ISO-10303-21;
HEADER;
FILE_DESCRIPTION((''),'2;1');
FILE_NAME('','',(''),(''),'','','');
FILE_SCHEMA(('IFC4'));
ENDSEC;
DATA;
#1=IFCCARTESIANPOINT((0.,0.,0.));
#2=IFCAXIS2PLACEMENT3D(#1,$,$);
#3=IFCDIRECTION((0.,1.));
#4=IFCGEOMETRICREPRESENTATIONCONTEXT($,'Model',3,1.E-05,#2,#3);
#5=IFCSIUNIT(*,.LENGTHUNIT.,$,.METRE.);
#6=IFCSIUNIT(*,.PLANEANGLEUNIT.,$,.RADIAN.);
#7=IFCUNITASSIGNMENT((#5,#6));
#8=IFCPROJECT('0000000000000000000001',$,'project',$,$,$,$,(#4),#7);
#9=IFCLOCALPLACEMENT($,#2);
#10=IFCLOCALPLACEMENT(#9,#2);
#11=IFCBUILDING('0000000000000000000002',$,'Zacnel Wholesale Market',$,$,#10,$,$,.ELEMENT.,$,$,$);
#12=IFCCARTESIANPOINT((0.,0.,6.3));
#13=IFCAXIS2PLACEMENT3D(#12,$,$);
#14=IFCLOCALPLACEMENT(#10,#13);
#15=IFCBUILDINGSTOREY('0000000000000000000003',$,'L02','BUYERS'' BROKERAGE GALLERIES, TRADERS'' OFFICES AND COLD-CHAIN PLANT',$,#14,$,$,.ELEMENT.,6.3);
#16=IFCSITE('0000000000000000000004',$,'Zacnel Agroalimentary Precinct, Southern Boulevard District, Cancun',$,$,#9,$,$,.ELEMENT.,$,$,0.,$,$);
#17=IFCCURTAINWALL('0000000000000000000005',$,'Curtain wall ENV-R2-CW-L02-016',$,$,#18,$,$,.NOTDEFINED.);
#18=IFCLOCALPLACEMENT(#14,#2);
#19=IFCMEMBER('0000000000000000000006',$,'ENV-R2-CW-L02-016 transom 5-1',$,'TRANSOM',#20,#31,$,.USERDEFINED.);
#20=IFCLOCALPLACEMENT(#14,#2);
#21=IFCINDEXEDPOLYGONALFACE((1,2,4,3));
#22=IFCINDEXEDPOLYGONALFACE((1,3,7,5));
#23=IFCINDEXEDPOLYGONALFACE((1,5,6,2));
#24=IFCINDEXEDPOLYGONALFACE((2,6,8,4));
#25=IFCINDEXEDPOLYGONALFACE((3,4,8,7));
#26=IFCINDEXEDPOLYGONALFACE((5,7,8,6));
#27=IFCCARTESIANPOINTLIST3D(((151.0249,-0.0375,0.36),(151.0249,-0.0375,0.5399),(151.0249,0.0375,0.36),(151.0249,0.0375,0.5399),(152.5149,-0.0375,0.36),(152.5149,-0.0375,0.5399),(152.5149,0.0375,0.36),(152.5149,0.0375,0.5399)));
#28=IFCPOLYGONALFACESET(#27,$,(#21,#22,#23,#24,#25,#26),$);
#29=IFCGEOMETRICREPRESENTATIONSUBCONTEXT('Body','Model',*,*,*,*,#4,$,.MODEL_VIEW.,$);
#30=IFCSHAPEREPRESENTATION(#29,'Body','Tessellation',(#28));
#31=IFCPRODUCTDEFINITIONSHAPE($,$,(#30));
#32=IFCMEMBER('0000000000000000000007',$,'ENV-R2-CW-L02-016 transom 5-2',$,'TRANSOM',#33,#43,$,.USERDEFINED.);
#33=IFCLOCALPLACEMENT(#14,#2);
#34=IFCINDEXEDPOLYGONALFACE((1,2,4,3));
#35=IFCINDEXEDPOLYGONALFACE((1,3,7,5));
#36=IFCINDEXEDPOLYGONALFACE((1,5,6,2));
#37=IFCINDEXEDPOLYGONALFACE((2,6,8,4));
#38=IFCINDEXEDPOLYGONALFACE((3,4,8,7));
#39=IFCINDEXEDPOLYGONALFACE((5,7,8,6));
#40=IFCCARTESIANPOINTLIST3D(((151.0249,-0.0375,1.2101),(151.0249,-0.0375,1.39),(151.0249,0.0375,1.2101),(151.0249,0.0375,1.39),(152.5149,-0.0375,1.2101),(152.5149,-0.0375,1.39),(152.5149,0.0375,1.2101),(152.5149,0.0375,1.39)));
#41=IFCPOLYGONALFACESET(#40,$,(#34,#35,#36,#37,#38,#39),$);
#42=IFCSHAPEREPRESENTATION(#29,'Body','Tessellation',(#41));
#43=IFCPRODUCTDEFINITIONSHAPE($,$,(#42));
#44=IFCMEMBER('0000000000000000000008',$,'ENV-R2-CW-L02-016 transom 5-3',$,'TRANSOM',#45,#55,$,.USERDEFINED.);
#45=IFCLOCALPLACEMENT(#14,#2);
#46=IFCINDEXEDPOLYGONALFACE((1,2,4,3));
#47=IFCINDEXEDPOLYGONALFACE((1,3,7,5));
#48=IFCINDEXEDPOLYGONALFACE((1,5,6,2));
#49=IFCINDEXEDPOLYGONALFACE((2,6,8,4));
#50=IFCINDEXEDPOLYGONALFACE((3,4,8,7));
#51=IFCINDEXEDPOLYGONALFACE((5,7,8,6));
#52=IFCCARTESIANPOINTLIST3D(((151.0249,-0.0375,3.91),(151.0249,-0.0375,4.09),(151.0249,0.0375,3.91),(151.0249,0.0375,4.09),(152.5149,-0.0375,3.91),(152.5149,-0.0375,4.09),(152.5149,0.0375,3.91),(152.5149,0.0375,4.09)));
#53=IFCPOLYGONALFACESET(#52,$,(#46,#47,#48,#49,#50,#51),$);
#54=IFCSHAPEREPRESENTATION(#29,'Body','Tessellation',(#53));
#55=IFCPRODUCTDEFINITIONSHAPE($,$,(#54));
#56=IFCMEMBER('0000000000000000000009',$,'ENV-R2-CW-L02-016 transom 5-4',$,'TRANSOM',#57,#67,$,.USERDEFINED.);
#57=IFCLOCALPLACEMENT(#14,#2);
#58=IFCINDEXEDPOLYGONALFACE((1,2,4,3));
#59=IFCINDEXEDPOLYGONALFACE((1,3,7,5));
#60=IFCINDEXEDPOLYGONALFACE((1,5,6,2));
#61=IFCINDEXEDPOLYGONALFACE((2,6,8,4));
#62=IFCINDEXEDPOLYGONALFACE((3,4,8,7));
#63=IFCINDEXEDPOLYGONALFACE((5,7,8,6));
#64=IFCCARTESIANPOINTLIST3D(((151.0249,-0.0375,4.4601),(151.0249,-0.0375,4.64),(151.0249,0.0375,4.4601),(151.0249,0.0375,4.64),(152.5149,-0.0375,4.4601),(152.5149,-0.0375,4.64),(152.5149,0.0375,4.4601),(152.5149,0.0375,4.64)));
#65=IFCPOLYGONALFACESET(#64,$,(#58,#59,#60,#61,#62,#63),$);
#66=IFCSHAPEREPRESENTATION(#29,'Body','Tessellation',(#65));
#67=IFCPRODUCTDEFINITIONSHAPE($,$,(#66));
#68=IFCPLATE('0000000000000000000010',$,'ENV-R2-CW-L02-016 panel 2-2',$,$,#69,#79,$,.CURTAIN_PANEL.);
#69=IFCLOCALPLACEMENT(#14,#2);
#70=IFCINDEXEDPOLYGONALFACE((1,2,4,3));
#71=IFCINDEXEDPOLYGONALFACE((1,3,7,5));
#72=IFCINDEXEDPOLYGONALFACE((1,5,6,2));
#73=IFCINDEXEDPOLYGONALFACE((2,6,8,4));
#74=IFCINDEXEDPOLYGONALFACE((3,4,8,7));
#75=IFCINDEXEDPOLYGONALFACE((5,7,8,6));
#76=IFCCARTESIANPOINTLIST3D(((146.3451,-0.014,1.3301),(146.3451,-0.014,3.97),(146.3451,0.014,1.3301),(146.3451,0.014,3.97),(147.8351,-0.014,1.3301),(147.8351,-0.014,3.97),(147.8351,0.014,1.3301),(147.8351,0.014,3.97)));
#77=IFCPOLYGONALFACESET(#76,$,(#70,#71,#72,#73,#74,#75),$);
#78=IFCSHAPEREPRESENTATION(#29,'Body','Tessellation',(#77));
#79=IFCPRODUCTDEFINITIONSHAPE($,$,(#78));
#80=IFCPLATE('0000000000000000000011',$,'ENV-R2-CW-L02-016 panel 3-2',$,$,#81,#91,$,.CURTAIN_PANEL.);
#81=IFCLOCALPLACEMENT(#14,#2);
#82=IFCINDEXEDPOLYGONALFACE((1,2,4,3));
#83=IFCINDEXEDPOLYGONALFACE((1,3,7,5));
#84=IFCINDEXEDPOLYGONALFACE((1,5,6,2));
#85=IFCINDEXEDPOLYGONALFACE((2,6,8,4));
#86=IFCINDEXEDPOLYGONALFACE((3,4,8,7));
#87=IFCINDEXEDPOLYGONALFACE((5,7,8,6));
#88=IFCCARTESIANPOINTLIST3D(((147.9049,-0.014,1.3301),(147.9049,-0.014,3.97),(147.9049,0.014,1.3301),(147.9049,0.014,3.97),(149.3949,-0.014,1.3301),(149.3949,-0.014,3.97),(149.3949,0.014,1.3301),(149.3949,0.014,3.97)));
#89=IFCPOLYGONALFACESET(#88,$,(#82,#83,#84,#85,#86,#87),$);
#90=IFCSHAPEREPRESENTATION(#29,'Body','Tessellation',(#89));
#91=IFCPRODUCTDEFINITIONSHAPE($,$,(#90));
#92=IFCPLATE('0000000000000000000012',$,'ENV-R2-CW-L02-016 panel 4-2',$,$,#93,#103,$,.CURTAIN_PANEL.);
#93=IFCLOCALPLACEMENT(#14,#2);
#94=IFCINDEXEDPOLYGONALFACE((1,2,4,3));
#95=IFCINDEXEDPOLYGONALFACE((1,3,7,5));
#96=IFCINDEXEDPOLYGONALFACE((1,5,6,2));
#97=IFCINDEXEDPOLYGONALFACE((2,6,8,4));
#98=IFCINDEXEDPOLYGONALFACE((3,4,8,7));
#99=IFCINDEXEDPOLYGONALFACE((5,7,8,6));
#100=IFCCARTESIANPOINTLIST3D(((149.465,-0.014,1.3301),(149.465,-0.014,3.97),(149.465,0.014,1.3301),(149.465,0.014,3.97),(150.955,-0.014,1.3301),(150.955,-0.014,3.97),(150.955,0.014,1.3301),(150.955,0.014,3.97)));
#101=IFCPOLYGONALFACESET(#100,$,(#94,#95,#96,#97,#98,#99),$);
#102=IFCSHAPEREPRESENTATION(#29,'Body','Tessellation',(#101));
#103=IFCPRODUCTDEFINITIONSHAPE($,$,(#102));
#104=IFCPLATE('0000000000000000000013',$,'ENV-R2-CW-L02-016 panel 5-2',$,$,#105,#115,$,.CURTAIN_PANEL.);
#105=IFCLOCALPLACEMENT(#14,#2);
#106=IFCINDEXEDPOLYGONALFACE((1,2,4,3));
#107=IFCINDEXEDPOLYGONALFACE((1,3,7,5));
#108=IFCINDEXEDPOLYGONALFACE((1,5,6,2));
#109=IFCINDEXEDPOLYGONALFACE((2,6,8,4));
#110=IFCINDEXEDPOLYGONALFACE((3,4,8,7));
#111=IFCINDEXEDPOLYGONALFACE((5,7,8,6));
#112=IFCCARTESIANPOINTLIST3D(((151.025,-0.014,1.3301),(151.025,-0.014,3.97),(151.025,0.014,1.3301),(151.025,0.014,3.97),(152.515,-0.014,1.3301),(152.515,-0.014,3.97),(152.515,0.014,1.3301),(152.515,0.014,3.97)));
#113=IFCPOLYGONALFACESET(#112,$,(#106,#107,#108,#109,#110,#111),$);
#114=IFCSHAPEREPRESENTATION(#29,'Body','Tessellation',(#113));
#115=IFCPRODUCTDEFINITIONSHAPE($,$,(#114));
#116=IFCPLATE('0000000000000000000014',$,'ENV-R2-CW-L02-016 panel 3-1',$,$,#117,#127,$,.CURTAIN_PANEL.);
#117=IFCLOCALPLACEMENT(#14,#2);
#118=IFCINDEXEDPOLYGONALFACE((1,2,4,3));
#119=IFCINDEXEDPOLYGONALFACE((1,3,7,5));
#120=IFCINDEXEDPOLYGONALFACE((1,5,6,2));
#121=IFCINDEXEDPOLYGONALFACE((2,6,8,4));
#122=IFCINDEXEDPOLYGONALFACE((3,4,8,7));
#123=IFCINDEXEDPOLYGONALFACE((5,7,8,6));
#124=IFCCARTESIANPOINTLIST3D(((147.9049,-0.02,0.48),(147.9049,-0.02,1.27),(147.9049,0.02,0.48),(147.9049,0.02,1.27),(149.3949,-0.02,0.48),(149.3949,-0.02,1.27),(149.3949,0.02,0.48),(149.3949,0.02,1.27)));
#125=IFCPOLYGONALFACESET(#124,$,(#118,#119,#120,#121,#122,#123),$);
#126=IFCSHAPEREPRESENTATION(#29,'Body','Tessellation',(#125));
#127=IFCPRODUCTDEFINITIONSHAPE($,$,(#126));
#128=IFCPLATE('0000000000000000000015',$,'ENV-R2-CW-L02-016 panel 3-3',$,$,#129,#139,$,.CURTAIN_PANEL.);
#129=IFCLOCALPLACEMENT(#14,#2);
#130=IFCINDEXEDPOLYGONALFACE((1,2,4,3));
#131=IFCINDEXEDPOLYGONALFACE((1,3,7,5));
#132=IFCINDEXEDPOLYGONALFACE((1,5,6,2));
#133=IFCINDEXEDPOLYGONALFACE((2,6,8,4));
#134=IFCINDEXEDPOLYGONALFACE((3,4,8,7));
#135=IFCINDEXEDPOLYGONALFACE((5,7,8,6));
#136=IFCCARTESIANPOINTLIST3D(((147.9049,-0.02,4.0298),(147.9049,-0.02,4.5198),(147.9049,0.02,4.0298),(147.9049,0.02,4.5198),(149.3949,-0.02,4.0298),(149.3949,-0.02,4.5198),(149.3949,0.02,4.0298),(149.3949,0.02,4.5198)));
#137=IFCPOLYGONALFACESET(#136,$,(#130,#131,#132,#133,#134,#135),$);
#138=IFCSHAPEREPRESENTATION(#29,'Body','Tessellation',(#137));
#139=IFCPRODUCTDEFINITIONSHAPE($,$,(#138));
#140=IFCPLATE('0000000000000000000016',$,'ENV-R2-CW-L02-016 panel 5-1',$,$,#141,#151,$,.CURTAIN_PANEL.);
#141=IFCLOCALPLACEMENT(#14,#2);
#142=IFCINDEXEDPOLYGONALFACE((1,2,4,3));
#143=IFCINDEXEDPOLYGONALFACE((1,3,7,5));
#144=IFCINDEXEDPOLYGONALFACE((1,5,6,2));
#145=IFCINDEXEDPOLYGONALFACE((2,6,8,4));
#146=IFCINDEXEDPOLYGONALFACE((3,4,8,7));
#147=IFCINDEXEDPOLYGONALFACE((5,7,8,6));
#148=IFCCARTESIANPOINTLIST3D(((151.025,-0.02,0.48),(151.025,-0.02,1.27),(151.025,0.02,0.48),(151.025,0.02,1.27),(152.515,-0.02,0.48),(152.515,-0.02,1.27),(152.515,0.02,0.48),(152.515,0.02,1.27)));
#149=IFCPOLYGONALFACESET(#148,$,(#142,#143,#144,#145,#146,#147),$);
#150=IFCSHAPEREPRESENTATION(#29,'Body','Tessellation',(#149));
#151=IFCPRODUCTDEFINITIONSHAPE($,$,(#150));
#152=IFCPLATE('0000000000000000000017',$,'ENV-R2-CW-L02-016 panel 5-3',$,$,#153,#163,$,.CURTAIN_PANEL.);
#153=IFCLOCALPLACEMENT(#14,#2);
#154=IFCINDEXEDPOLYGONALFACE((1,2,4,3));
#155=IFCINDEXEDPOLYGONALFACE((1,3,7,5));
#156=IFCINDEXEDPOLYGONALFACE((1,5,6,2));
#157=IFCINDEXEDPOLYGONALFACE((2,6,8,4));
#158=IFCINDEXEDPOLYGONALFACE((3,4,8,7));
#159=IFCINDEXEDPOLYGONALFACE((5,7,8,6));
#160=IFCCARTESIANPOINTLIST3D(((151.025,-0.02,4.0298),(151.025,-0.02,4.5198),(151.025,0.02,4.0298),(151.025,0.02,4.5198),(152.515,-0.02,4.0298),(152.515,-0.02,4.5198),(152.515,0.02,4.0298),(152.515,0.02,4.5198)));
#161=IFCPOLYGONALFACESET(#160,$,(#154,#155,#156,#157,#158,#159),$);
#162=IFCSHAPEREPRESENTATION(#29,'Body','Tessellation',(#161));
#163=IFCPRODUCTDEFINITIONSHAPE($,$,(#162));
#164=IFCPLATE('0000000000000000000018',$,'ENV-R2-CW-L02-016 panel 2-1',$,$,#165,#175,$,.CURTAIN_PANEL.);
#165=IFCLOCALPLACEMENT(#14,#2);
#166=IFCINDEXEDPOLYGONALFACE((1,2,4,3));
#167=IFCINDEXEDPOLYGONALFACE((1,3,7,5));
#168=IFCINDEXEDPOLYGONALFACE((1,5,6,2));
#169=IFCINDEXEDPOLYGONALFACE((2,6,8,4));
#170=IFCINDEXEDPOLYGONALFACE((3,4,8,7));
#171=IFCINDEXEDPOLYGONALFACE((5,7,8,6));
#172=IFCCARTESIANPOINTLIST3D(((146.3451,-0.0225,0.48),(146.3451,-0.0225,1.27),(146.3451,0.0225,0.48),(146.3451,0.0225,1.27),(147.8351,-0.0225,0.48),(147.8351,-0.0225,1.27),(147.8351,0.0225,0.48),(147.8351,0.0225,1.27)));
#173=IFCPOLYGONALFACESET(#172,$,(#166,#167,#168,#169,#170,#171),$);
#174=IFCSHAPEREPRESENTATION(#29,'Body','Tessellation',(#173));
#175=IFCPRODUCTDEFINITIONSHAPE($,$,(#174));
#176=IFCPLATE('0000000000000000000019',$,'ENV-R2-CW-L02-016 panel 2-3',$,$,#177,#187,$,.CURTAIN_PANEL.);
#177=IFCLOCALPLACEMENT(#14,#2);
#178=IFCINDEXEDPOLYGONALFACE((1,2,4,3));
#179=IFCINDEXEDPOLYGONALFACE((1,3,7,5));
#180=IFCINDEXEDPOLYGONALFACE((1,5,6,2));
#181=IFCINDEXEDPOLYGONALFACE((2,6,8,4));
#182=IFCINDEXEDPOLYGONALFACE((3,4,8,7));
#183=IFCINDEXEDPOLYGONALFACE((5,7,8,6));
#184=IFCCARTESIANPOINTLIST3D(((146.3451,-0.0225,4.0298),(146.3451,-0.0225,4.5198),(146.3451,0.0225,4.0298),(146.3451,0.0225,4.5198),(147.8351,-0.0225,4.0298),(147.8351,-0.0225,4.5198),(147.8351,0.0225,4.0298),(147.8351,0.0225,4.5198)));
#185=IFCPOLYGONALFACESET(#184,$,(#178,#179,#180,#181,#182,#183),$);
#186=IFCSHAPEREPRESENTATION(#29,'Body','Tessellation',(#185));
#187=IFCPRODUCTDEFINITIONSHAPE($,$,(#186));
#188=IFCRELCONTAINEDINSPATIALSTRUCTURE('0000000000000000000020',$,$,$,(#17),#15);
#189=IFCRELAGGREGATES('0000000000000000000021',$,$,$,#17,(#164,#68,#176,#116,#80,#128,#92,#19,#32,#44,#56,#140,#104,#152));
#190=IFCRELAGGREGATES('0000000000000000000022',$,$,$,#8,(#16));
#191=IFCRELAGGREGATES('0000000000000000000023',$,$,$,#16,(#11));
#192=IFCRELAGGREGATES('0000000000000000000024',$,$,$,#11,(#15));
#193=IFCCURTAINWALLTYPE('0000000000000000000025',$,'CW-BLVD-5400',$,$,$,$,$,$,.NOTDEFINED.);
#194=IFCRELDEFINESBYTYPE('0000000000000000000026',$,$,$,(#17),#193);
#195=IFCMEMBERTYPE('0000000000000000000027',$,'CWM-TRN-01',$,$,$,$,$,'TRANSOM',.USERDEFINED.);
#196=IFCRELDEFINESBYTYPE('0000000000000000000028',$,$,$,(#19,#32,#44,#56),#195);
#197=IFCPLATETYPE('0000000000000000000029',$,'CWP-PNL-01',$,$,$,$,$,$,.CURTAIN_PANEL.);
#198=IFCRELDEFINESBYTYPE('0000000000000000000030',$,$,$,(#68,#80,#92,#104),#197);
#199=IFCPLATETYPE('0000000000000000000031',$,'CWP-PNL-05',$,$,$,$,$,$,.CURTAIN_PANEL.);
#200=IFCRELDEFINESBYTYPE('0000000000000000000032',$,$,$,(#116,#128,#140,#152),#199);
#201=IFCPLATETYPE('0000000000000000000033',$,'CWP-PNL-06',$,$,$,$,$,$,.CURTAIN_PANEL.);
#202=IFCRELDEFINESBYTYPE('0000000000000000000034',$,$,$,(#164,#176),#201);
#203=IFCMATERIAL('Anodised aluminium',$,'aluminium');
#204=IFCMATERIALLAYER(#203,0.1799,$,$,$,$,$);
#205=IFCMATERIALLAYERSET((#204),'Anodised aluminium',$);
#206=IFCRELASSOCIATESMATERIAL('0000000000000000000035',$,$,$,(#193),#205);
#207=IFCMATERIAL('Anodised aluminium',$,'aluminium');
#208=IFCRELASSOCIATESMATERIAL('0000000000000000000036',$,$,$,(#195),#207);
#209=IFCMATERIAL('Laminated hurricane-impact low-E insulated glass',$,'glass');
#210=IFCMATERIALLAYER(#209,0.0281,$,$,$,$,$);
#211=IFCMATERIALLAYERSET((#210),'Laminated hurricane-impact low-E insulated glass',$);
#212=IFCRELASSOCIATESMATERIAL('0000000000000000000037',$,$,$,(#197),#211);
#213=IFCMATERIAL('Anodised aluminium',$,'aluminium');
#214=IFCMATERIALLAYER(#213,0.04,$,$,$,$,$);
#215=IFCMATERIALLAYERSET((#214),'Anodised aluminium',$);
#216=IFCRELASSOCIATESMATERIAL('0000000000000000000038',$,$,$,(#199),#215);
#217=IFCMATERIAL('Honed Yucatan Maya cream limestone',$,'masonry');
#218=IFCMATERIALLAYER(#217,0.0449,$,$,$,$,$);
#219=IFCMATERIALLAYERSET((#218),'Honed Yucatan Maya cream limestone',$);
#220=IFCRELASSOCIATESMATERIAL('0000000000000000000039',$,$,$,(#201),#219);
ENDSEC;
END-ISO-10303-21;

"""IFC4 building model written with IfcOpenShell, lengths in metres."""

from ifc_helpers import new_model, si_unit, direction, frame, origin, origin_2d, place, context, subcontext, project, spatial, rectangle, extrude, material, layer, layer_set, material_profile, profile_set, type_object, element, aggregate, save


model = new_model("IFC4")

# Units and contexts
model_context = context("Model", 3, precision=1e-05, world=origin(), true_north=direction((0.0, 1.0)))
body_context = subcontext(model_context, "Body", "Model", "MODEL_VIEW")
ifc_project = project(units=[si_unit("LENGTHUNIT", "METRE"), si_unit("PLANEANGLEUNIT", "RADIAN")], contexts=[model_context])

# Site, building, storey
site_placement = place(None, origin())
site = spatial("IfcSite", under=ifc_project, at=site_placement, Name="Zacnel Agroalimentary Precinct, Southern Boulevard District, Cancun", CompositionType="ELEMENT", RefElevation=0.0)
building_placement = place(site_placement, origin())
building = spatial("IfcBuilding", under=site, at=building_placement, Name="Zacnel Wholesale Market", CompositionType="ELEMENT")
storey_placement = place(building_placement, frame((0.0, 0.0, 6.3)))
storey = spatial("IfcBuildingStorey", under=building, at=storey_placement, Name="L02", Description="BUYERS' BROKERAGE GALLERIES, TRADERS' OFFICES AND COLD-CHAIN PLANT", CompositionType="ELEMENT", Elevation=6.3)

# Curtain wall, members, plates
ifc_material_1 = material(Name="Anodised aluminium", Category="aluminium")
ifc_layer_1 = layer(ifc_material_1, 0.1799)
ifc_layer_set_1 = layer_set([ifc_layer_1], Name="Anodised aluminium")
curtain_wall_type = type_object("IfcCurtainWallType", Name="CW-BLVD-5400", PredefinedType="NOTDEFINED", material=ifc_layer_set_1)
curtain_wall_placement = place(storey_placement, origin())
curtain_wall = element("IfcCurtainWall", 1, at=curtain_wall_placement, inside=storey, type_object=curtain_wall_type, Name="Curtain wall ENV-R2-CW-L02-016", PredefinedType="NOTDEFINED")
ifc_material_2 = material(Name="Anodised aluminium", Category="aluminium")
ifc_material_profile_1 = material_profile(ifc_material_2, rectangle(XDim=0.075, YDim=0.1799, at=origin_2d()), Name="AW-TRANSOM 75x180")
ifc_profile_set_1 = profile_set([ifc_material_profile_1], Name="Anodised aluminium")
member_type_1 = type_object("IfcMemberType", Name="CWM-TRN-01", ElementType="TRANSOM", PredefinedType="USERDEFINED", material=ifc_profile_set_1)
member_1_placement = place(storey_placement, frame((151.0249, 0.0, 0.45), z_axis=(1.0, 0.0, 0.0), x_axis=(0.0, 1.0, 0.0)))
member_1 = element("IfcMember", 2, at=member_1_placement, type_object=member_type_1, Name="ENV-R2-CW-L02-016 transom 5-1", ObjectType="TRANSOM", PredefinedType="USERDEFINED", context=body_context, shape_type="SweptSolid", body=[
    extrude(rectangle(XDim=0.075, YDim=0.1799, at=origin_2d()), origin(), (0.0, 0.0, 1.0), 1.49),
])
member_2_placement = place(storey_placement, frame((151.0249, 0.0, 1.3), z_axis=(1.0, 0.0, 0.0), x_axis=(0.0, 1.0, 0.0)))
member_2 = element("IfcMember", 3, at=member_2_placement, type_object=member_type_1, Name="ENV-R2-CW-L02-016 transom 5-2", ObjectType="TRANSOM", PredefinedType="USERDEFINED", context=body_context, shape_type="SweptSolid", body=[
    extrude(rectangle(XDim=0.075, YDim=0.1799, at=origin_2d()), origin(), (0.0, 0.0, 1.0), 1.49),
])
member_3_placement = place(storey_placement, frame((151.0249, 0.0, 4.0), z_axis=(1.0, 0.0, 0.0), x_axis=(0.0, 1.0, 0.0)))
member_3 = element("IfcMember", 4, at=member_3_placement, type_object=member_type_1, Name="ENV-R2-CW-L02-016 transom 5-3", ObjectType="TRANSOM", PredefinedType="USERDEFINED", context=body_context, shape_type="SweptSolid", body=[
    extrude(rectangle(XDim=0.075, YDim=0.1799, at=origin_2d()), origin(), (0.0, 0.0, 1.0), 1.49),
])
member_4_placement = place(storey_placement, frame((151.0249, 0.0, 4.55), z_axis=(1.0, 0.0, 0.0), x_axis=(0.0, 1.0, 0.0)))
member_4 = element("IfcMember", 5, at=member_4_placement, type_object=member_type_1, Name="ENV-R2-CW-L02-016 transom 5-4", ObjectType="TRANSOM", PredefinedType="USERDEFINED", context=body_context, shape_type="SweptSolid", body=[
    extrude(rectangle(XDim=0.075, YDim=0.1799, at=origin_2d()), origin(), (0.0, 0.0, 1.0), 1.49),
])
ifc_material_3 = material(Name="Laminated hurricane-impact low-E insulated glass", Category="glass")
ifc_layer_2 = layer(ifc_material_3, 0.0281)
ifc_layer_set_2 = layer_set([ifc_layer_2], Name="Laminated hurricane-impact low-E insulated glass")
plate_type_1 = type_object("IfcPlateType", Name="CWP-PNL-01", PredefinedType="CURTAIN_PANEL", material=ifc_layer_set_2)
plate_1_placement = place(storey_placement, frame((147.0901, 0.0, 1.3301), z_axis=(0.0, 0.0, 1.0), x_axis=(1.0, 0.0, 0.0)))
plate_1 = element("IfcPlate", 6, at=plate_1_placement, type_object=plate_type_1, Name="ENV-R2-CW-L02-016 panel 2-2", PredefinedType="CURTAIN_PANEL", context=body_context, shape_type="SweptSolid", body=[
    extrude(rectangle(XDim=1.49, YDim=0.0281, at=origin_2d()), origin(), (0.0, 0.0, 1.0), 2.6399),
])
plate_2_placement = place(storey_placement, frame((148.6499, 0.0, 1.3301), z_axis=(0.0, 0.0, 1.0), x_axis=(1.0, 0.0, 0.0)))
plate_2 = element("IfcPlate", 7, at=plate_2_placement, type_object=plate_type_1, Name="ENV-R2-CW-L02-016 panel 3-2", PredefinedType="CURTAIN_PANEL", context=body_context, shape_type="SweptSolid", body=[
    extrude(rectangle(XDim=1.49, YDim=0.0281, at=origin_2d()), origin(), (0.0, 0.0, 1.0), 2.6399),
])
plate_3_placement = place(storey_placement, frame((150.21, 0.0, 1.3301), z_axis=(0.0, 0.0, 1.0), x_axis=(1.0, 0.0, 0.0)))
plate_3 = element("IfcPlate", 8, at=plate_3_placement, type_object=plate_type_1, Name="ENV-R2-CW-L02-016 panel 4-2", PredefinedType="CURTAIN_PANEL", context=body_context, shape_type="SweptSolid", body=[
    extrude(rectangle(XDim=1.49, YDim=0.0281, at=origin_2d()), origin(), (0.0, 0.0, 1.0), 2.6399),
])
plate_4_placement = place(storey_placement, frame((151.77, 0.0, 1.3301), z_axis=(0.0, 0.0, 1.0), x_axis=(1.0, 0.0, 0.0)))
plate_4 = element("IfcPlate", 9, at=plate_4_placement, type_object=plate_type_1, Name="ENV-R2-CW-L02-016 panel 5-2", PredefinedType="CURTAIN_PANEL", context=body_context, shape_type="SweptSolid", body=[
    extrude(rectangle(XDim=1.49, YDim=0.0281, at=origin_2d()), origin(), (0.0, 0.0, 1.0), 2.6399),
])
ifc_material_4 = material(Name="Anodised aluminium", Category="aluminium")
ifc_layer_3 = layer(ifc_material_4, 0.04)
ifc_layer_set_3 = layer_set([ifc_layer_3], Name="Anodised aluminium")
plate_type_2 = type_object("IfcPlateType", Name="CWP-PNL-05", PredefinedType="CURTAIN_PANEL", material=ifc_layer_set_3)
plate_5_placement = place(storey_placement, frame((148.6499, 0.0, 0.48), z_axis=(0.0, 0.0, 1.0), x_axis=(1.0, 0.0, 0.0)))
plate_5 = element("IfcPlate", 10, at=plate_5_placement, type_object=plate_type_2, Name="ENV-R2-CW-L02-016 panel 3-1", PredefinedType="CURTAIN_PANEL", context=body_context, shape_type="SweptSolid", body=[
    extrude(rectangle(XDim=1.49, YDim=0.04, at=origin_2d()), origin(), (0.0, 0.0, 1.0), 0.79),
])
plate_6_placement = place(storey_placement, frame((148.6499, 0.0, 4.0298), z_axis=(0.0, 0.0, 1.0), x_axis=(1.0, 0.0, 0.0)))
plate_6 = element("IfcPlate", 11, at=plate_6_placement, type_object=plate_type_2, Name="ENV-R2-CW-L02-016 panel 3-3", PredefinedType="CURTAIN_PANEL", context=body_context, shape_type="SweptSolid", body=[
    extrude(rectangle(XDim=1.49, YDim=0.04, at=origin_2d()), origin(), (0.0, 0.0, 1.0), 0.49),
])
plate_7_placement = place(storey_placement, frame((151.77, 0.0, 0.48), z_axis=(0.0, 0.0, 1.0), x_axis=(1.0, 0.0, 0.0)))
plate_7 = element("IfcPlate", 12, at=plate_7_placement, type_object=plate_type_2, Name="ENV-R2-CW-L02-016 panel 5-1", PredefinedType="CURTAIN_PANEL", context=body_context, shape_type="SweptSolid", body=[
    extrude(rectangle(XDim=1.49, YDim=0.04, at=origin_2d()), origin(), (0.0, 0.0, 1.0), 0.79),
])
plate_8_placement = place(storey_placement, frame((151.77, 0.0, 4.0298), z_axis=(0.0, 0.0, 1.0), x_axis=(1.0, 0.0, 0.0)))
plate_8 = element("IfcPlate", 13, at=plate_8_placement, type_object=plate_type_2, Name="ENV-R2-CW-L02-016 panel 5-3", PredefinedType="CURTAIN_PANEL", context=body_context, shape_type="SweptSolid", body=[
    extrude(rectangle(XDim=1.49, YDim=0.04, at=origin_2d()), origin(), (0.0, 0.0, 1.0), 0.49),
])
ifc_material_5 = material(Name="Honed Yucatan Maya cream limestone", Category="masonry")
ifc_layer_4 = layer(ifc_material_5, 0.0449)
ifc_layer_set_4 = layer_set([ifc_layer_4], Name="Honed Yucatan Maya cream limestone")
plate_type_3 = type_object("IfcPlateType", Name="CWP-PNL-06", PredefinedType="CURTAIN_PANEL", material=ifc_layer_set_4)
plate_9_placement = place(storey_placement, frame((147.0901, 0.0, 0.48), z_axis=(0.0, 0.0, 1.0), x_axis=(1.0, 0.0, 0.0)))
plate_9 = element("IfcPlate", 14, at=plate_9_placement, type_object=plate_type_3, Name="ENV-R2-CW-L02-016 panel 2-1", PredefinedType="CURTAIN_PANEL", context=body_context, shape_type="SweptSolid", body=[
    extrude(rectangle(XDim=1.49, YDim=0.0449, at=origin_2d()), origin(), (0.0, 0.0, 1.0), 0.79),
])
plate_10_placement = place(storey_placement, frame((147.0901, 0.0, 4.0298), z_axis=(0.0, 0.0, 1.0), x_axis=(1.0, 0.0, 0.0)))
plate_10 = element("IfcPlate", 15, at=plate_10_placement, type_object=plate_type_3, Name="ENV-R2-CW-L02-016 panel 2-3", PredefinedType="CURTAIN_PANEL", context=body_context, shape_type="SweptSolid", body=[
    extrude(rectangle(XDim=1.49, YDim=0.0449, at=origin_2d()), origin(), (0.0, 0.0, 1.0), 0.49),
])
aggregate(curtain_wall, [plate_9, plate_1, plate_10, plate_5, plate_2, plate_6, plate_3, member_1, member_2, member_3, member_4, plate_7, plate_4, plate_8])

save(model, "model.ifc")
